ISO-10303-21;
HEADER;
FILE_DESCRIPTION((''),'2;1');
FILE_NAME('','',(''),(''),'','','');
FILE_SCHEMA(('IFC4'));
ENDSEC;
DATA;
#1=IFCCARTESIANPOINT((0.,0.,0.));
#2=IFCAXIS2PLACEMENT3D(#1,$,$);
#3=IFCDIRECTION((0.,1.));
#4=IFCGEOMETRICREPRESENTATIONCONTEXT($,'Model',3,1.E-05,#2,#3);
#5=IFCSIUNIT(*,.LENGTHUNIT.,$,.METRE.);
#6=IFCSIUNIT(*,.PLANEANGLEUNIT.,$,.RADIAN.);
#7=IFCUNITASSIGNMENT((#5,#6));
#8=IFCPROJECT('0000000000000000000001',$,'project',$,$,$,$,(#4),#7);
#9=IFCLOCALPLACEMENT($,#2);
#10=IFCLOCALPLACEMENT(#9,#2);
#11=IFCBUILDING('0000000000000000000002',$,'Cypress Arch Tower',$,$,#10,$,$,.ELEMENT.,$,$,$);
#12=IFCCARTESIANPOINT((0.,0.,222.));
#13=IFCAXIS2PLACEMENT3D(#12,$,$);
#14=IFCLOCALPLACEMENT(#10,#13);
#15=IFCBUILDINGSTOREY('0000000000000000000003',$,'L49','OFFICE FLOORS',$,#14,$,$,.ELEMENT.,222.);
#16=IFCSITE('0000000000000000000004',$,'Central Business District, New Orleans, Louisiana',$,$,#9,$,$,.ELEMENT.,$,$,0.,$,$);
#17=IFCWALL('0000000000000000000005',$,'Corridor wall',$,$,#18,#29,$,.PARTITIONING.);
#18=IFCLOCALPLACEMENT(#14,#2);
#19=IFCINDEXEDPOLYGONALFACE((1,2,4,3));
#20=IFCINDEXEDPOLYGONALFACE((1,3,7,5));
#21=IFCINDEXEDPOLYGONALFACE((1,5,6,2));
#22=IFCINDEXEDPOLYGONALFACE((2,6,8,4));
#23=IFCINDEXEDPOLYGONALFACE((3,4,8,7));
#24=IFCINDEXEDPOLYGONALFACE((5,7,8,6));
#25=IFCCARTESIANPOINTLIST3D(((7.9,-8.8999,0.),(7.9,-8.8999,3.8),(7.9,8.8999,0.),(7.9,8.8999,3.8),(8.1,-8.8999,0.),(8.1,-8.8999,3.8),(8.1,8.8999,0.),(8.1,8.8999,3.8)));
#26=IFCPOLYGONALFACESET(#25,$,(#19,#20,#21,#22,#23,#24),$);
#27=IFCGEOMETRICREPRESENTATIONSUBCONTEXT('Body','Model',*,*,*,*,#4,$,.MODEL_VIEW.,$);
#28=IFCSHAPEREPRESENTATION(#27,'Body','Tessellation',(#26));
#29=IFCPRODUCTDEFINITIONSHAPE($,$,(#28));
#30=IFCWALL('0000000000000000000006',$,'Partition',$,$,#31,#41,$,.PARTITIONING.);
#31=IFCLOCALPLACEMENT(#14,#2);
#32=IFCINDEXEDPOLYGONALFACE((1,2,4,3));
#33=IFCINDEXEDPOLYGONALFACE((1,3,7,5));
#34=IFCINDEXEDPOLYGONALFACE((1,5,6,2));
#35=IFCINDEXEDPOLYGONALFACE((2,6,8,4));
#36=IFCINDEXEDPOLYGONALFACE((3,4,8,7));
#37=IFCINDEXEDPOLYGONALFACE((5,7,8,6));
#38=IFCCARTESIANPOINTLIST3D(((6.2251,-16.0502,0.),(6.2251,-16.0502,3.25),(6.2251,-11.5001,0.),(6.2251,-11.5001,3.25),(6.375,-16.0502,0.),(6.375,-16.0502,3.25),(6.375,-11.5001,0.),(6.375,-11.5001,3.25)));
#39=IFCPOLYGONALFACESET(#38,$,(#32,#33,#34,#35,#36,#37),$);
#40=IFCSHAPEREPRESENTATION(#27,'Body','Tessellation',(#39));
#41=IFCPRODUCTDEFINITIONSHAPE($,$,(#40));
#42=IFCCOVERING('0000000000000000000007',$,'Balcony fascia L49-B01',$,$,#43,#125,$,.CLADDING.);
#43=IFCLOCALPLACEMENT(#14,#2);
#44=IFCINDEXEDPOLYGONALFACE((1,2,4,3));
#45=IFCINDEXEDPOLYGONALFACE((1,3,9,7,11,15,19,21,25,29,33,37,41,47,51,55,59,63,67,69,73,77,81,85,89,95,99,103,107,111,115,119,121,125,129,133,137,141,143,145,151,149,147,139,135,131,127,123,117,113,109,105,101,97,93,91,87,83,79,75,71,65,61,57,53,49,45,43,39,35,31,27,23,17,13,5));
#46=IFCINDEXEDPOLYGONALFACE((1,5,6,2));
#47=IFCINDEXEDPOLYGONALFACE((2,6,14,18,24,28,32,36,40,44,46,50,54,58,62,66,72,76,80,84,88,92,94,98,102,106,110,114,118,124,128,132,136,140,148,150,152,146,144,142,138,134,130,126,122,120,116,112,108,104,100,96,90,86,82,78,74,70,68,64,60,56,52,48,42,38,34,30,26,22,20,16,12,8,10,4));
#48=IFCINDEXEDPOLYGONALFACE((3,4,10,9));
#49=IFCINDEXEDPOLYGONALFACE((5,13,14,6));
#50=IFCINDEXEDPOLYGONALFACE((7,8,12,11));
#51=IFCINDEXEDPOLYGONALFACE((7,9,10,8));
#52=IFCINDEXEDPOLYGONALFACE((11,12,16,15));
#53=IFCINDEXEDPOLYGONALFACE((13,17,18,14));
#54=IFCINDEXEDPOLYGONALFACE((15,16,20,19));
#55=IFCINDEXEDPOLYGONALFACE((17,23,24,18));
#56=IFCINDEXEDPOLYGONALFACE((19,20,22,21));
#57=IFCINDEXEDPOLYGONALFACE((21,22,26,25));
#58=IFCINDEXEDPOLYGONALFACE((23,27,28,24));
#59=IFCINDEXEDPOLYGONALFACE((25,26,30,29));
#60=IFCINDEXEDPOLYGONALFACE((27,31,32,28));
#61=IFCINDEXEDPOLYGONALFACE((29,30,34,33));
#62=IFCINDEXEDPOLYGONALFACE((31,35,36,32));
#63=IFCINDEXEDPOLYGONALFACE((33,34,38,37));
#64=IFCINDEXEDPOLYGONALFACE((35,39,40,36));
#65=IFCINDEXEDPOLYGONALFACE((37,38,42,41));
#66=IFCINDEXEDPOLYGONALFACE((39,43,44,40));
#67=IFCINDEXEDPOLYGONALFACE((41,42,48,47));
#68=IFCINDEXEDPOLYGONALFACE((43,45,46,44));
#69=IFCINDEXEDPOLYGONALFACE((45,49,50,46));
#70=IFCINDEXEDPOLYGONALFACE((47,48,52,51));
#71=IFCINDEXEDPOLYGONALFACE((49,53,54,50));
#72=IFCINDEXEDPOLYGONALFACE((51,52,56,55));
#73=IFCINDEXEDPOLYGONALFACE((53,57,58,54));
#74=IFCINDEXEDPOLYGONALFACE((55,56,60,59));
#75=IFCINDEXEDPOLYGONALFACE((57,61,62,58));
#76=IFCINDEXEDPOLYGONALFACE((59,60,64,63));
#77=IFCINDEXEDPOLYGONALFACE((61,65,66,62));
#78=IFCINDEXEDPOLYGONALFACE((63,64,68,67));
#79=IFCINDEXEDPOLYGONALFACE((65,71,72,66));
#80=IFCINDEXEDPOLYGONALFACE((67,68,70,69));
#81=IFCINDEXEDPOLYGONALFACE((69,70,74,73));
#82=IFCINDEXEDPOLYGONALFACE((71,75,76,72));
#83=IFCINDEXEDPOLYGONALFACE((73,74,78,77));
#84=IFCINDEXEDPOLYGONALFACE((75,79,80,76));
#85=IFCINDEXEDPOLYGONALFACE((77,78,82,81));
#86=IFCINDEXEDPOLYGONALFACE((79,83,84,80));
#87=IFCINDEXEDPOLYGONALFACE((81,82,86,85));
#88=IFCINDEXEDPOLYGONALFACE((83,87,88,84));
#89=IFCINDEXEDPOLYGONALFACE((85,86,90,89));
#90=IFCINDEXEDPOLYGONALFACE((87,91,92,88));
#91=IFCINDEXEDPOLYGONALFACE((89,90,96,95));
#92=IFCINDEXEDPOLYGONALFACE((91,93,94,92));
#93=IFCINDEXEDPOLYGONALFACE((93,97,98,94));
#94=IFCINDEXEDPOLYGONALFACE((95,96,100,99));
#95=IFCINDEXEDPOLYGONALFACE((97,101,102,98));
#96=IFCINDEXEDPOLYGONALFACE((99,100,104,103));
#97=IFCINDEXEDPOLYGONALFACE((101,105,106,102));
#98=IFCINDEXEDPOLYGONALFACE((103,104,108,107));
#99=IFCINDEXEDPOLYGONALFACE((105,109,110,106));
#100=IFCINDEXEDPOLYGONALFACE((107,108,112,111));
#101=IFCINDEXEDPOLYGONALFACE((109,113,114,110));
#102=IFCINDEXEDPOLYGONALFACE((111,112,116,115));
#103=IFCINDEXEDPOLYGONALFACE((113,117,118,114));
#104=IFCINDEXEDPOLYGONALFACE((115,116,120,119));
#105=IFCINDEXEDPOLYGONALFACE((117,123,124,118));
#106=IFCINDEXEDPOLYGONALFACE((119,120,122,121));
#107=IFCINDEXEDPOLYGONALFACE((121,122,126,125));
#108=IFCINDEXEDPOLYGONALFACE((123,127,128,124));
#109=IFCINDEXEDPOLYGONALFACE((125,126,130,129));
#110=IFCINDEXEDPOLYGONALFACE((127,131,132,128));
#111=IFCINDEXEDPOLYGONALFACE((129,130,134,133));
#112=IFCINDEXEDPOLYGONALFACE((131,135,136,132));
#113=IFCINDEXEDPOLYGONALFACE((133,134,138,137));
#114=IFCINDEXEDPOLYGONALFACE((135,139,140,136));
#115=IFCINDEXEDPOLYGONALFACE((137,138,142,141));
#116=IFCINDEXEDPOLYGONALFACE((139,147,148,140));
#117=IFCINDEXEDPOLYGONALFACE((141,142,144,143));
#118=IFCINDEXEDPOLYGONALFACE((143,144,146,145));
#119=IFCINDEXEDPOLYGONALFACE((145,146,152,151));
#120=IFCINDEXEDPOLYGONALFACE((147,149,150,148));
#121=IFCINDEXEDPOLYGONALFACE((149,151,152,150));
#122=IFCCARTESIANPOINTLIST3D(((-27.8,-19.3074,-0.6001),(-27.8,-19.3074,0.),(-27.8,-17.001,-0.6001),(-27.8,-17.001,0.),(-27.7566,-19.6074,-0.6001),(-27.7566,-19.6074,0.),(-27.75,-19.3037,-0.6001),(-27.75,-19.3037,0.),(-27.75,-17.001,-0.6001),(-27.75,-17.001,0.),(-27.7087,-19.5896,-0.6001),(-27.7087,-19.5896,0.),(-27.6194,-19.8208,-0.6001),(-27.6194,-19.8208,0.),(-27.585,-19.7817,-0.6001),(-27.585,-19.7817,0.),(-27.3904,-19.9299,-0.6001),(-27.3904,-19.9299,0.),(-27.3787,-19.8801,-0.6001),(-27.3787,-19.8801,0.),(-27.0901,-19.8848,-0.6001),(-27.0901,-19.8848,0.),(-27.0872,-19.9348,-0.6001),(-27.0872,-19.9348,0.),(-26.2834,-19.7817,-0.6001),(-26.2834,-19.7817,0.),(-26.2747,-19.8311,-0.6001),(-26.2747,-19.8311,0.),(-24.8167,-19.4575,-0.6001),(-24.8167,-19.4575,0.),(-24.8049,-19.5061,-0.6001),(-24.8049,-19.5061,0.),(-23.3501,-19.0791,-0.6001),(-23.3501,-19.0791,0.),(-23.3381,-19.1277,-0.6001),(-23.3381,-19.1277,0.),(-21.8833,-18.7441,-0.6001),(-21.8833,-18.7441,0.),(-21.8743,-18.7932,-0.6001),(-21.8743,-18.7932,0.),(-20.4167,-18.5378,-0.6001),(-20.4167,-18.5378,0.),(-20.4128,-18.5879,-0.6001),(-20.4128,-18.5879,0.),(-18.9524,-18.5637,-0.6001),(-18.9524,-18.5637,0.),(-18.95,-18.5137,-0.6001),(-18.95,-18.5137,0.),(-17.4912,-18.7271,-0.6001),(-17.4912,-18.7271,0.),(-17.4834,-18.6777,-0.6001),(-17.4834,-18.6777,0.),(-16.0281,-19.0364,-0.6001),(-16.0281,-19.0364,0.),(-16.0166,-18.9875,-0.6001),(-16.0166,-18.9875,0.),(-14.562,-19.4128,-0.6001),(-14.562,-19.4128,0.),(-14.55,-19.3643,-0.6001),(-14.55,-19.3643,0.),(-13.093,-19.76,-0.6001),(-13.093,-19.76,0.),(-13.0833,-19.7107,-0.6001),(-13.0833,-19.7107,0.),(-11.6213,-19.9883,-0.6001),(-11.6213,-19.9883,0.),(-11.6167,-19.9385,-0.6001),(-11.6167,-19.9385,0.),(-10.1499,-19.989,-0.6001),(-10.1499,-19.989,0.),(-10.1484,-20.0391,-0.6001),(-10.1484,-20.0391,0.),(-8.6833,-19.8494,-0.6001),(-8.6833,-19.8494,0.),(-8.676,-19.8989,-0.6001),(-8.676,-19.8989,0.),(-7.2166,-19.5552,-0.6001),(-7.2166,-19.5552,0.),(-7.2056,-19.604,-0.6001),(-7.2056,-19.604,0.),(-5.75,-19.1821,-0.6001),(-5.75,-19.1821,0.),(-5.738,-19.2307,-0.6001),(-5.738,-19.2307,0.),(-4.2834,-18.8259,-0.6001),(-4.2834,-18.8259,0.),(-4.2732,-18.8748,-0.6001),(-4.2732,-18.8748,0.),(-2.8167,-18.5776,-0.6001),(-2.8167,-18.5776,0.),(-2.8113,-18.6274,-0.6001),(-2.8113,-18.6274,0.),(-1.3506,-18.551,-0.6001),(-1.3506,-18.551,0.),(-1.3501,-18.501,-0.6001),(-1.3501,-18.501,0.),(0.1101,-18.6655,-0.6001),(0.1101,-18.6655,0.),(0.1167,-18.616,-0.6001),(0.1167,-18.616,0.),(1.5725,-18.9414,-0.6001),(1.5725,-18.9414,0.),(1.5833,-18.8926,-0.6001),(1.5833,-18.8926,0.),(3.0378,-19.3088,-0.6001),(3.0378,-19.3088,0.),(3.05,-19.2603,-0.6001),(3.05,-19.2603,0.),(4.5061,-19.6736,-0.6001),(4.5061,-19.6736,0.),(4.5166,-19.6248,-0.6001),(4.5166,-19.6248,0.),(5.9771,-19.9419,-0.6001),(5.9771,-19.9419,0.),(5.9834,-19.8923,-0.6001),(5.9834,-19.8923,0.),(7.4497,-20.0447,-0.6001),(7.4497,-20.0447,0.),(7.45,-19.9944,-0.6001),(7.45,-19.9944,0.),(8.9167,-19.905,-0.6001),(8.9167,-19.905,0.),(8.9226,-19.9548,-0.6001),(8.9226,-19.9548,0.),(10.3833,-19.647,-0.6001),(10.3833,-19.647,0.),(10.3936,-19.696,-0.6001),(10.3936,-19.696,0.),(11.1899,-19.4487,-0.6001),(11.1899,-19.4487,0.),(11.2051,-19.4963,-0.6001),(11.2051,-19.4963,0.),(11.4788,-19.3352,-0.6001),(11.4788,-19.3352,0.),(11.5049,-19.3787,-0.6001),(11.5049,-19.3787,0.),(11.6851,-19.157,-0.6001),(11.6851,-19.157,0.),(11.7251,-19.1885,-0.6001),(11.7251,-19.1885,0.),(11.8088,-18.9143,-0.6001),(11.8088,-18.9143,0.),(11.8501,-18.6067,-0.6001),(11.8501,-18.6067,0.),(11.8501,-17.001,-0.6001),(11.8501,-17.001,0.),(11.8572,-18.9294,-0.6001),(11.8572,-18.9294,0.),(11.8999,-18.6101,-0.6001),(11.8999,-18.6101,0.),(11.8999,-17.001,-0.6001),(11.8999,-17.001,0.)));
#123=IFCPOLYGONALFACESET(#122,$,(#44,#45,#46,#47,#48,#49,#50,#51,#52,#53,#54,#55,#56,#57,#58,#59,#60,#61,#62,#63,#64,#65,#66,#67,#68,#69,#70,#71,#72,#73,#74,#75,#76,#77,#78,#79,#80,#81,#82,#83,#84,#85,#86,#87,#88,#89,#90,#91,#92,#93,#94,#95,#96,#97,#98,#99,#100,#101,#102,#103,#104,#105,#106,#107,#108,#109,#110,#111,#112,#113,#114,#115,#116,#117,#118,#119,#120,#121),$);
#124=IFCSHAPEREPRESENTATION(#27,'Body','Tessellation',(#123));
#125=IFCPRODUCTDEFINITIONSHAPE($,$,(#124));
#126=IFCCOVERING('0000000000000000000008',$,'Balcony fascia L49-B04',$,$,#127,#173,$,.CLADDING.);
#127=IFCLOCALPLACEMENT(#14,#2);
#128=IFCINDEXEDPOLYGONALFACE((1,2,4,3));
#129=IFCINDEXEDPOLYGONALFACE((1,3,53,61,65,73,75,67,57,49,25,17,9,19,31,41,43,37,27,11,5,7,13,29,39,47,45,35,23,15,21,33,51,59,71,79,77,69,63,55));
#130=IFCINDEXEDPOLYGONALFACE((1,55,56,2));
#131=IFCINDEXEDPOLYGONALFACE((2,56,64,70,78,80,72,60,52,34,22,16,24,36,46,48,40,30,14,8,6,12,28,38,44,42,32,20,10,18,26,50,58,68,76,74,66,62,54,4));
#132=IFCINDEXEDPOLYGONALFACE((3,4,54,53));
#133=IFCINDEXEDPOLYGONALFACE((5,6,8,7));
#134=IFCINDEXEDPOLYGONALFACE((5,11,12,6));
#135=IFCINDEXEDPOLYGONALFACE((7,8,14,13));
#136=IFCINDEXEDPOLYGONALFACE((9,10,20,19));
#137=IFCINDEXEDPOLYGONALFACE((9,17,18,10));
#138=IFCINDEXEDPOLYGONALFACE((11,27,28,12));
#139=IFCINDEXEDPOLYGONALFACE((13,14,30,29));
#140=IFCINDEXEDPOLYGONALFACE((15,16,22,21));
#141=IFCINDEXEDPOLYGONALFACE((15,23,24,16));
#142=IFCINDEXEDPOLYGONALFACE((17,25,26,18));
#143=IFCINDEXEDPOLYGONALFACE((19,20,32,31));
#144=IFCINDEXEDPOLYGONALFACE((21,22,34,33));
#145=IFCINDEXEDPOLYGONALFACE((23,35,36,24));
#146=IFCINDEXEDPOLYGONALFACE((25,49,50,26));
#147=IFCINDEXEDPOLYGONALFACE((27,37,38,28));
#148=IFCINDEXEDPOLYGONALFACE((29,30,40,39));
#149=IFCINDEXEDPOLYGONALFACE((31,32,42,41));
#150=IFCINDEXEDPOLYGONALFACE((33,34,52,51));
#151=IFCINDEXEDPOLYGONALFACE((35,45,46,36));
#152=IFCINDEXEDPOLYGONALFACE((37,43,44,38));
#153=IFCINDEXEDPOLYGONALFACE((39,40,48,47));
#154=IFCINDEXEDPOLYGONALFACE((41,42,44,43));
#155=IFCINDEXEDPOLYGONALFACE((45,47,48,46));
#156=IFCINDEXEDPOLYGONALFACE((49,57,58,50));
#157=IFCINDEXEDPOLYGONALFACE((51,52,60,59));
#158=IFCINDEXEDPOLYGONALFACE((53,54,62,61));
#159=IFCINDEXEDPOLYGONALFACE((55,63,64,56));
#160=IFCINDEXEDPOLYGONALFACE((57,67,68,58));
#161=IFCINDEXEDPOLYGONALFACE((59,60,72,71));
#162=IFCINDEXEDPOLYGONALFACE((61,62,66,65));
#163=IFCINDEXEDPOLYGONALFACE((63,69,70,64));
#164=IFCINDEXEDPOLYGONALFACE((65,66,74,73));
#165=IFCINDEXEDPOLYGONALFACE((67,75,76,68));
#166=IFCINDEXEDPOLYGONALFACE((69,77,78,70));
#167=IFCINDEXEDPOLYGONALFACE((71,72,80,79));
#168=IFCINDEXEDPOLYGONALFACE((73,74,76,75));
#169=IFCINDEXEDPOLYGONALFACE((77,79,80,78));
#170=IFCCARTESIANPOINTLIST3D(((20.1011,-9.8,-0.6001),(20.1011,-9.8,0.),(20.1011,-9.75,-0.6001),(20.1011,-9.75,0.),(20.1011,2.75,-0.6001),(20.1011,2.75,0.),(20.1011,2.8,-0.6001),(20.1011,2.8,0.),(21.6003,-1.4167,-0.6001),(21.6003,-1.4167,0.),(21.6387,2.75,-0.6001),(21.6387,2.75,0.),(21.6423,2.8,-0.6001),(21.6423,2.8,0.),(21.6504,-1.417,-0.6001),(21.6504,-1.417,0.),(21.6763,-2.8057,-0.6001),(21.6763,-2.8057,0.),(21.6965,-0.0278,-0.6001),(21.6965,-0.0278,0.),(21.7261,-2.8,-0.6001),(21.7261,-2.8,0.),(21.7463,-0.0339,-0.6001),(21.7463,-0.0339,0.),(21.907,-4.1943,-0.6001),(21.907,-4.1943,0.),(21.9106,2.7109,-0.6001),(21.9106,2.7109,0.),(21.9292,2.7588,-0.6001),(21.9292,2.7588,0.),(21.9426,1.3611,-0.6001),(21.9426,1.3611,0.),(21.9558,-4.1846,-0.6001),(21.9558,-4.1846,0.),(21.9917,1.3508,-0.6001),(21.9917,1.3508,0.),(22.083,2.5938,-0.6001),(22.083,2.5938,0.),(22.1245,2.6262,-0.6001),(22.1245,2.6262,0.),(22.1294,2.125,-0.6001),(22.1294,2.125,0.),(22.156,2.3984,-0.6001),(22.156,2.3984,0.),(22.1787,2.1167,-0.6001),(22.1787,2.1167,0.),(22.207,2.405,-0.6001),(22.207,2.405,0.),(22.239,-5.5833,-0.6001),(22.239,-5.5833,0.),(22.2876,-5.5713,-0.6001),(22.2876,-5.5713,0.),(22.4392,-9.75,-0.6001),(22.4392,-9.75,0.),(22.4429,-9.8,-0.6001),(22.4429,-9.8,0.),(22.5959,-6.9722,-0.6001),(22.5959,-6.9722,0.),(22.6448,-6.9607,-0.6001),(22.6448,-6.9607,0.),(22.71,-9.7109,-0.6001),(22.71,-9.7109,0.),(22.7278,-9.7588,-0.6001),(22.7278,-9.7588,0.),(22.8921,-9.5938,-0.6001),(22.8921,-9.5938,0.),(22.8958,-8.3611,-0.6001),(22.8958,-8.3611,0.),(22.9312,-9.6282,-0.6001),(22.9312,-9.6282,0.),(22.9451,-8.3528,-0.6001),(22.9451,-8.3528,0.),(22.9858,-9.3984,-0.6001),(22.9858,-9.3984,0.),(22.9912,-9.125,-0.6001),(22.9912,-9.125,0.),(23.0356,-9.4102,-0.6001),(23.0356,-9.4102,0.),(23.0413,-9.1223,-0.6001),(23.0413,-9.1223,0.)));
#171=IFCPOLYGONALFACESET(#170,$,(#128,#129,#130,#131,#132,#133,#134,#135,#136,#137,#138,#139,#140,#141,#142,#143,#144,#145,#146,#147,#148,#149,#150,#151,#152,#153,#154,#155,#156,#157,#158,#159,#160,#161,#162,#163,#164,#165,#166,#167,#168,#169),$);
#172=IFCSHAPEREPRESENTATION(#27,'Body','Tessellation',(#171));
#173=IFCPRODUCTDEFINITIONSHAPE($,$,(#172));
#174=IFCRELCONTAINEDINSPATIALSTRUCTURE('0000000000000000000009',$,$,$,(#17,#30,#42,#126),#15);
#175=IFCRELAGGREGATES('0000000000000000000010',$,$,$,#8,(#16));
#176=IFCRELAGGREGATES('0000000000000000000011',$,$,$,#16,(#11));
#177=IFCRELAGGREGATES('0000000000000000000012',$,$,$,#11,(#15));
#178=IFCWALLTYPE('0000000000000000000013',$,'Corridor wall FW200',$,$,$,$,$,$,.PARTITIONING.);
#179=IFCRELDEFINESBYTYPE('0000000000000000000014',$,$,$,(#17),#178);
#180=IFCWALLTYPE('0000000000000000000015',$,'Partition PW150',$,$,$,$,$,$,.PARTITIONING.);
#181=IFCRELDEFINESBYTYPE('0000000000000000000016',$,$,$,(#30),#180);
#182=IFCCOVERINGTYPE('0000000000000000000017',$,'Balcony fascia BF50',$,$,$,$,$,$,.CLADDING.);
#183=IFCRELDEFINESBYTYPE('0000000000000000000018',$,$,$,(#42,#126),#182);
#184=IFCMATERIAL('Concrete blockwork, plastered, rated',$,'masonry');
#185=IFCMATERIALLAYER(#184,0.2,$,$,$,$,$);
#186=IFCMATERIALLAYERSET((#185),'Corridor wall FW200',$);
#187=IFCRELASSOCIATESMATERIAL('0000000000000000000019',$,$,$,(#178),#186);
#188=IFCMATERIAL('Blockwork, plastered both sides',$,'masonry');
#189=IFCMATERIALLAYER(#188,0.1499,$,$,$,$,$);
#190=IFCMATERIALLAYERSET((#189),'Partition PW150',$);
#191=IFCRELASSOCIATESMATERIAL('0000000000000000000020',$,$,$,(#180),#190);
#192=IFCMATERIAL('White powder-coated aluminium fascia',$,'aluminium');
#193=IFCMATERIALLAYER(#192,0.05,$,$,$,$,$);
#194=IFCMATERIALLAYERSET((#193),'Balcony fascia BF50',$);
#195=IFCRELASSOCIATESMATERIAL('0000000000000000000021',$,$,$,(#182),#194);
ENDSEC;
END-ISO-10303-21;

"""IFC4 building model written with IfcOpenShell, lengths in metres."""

from ifc_helpers import new_model, si_unit, direction, frame, frame_2d, origin, place, context, subcontext, project, spatial, polyline, rectangle, outline, extrude, material, layer, layer_set, type_object, element, save


model = new_model("IFC4")

# Units and contexts
model_context = context("Model", 3, precision=1e-05, world=origin(), true_north=direction((0.0, 1.0)))
body_context = subcontext(model_context, "Body", "Model", "MODEL_VIEW")
ifc_project = project(units=[si_unit("LENGTHUNIT", "METRE"), si_unit("PLANEANGLEUNIT", "RADIAN")], contexts=[model_context])

# Site, building, storey
site_placement = place(None, origin())
site = spatial("IfcSite", under=ifc_project, at=site_placement, Name="Central Business District, New Orleans, Louisiana", CompositionType="ELEMENT", RefElevation=0.0)
building_placement = place(site_placement, origin())
building = spatial("IfcBuilding", under=site, at=building_placement, Name="Cypress Arch Tower", CompositionType="ELEMENT")
storey_placement = place(building_placement, frame((0.0, 0.0, 222.0)))
storey = spatial("IfcBuildingStorey", under=building, at=storey_placement, Name="L49", Description="OFFICE FLOORS", CompositionType="ELEMENT", Elevation=222.0)

# Walls
ifc_material_1 = material(Name="Concrete blockwork, plastered, rated", Category="masonry")
ifc_layer_1 = layer(ifc_material_1, 0.2)
ifc_layer_set_1 = layer_set([ifc_layer_1], Name="Corridor wall FW200")
wall_type_1 = type_object("IfcWallType", Name="Corridor wall FW200", PredefinedType="PARTITIONING", material=ifc_layer_set_1)
wall_1_placement = place(storey_placement, frame((8.0, -8.8999, 0.0), z_axis=(0.0, 0.0, 1.0), x_axis=(0.0, 1.0, 0.0)))
element("IfcWall", 1, at=wall_1_placement, inside=storey, type_object=wall_type_1, Name="Corridor wall", PredefinedType="PARTITIONING", context=body_context, shape_type="SweptSolid", body=[
    extrude(rectangle(XDim=17.7998, YDim=0.2, at=frame_2d((8.8999, 0.0))), origin(), (0.0, 0.0, 1.0), 3.8),
])
ifc_material_2 = material(Name="Blockwork, plastered both sides", Category="masonry")
ifc_layer_2 = layer(ifc_material_2, 0.1499)
ifc_layer_set_2 = layer_set([ifc_layer_2], Name="Partition PW150")
wall_type_2 = type_object("IfcWallType", Name="Partition PW150", PredefinedType="PARTITIONING", material=ifc_layer_set_2)
wall_2_placement = place(storey_placement, frame((6.3, -16.05, 0.0), z_axis=(0.0, 0.0, 1.0), x_axis=(0.0, 1.0, 0.0)))
element("IfcWall", 2, at=wall_2_placement, inside=storey, type_object=wall_type_2, Name="Partition", PredefinedType="PARTITIONING", context=body_context, shape_type="SweptSolid", body=[
    extrude(rectangle(XDim=4.55, YDim=0.1499, at=frame_2d((2.2749, 0.0))), origin(), (0.0, 0.0, 1.0), 3.25),
])

# Coverings
ifc_material_3 = material(Name="White powder-coated aluminium fascia", Category="aluminium")
ifc_layer_3 = layer(ifc_material_3, 0.05)
ifc_layer_set_3 = layer_set([ifc_layer_3], Name="Balcony fascia BF50")
covering_type_1 = type_object("IfcCoveringType", Name="Balcony fascia BF50", PredefinedType="CLADDING", material=ifc_layer_set_3)
covering_1_placement = place(storey_placement, frame((0.0, 0.0, -0.6001)))
element("IfcCovering", 3, at=covering_1_placement, inside=storey, type_object=covering_type_1, Name="Balcony fascia L49-B01", PredefinedType="CLADDING", context=body_context, shape_type="SweptSolid", body=[
    extrude(outline(polyline([(11.8999, -18.6101), (11.8572, -18.9294), (11.7251, -19.1885), (11.5049, -19.3787), (11.2051, -19.4963), (10.3936, -19.696), (8.9226, -19.9548), (7.4497, -20.0447), (5.9771, -19.9419), (4.5061, -19.6736), (3.0378, -19.3088), (1.5725, -18.9414), (0.1101, -18.6655), (-1.3506, -18.551), (-2.8113, -18.6274), (-4.2732, -18.8748), (-5.738, -19.2307), (-7.2056, -19.604), (-8.676, -19.8989), (-10.1484, -20.0391), (-11.6213, -19.9883), (-13.093, -19.76), (-14.562, -19.4128), (-16.0281, -19.0364), (-17.4912, -18.7271), (-18.9524, -18.5637), (-20.4128, -18.5879), (-21.8743, -18.7932), (-23.3381, -19.1277), (-24.8049, -19.5061), (-26.2747, -19.8311), (-27.0872, -19.9348), (-27.3904, -19.9299), (-27.6194, -19.8208), (-27.7566, -19.6074), (-27.8, -19.3074), (-27.8, -17.001), (-27.75, -17.001), (-27.75, -19.3037), (-27.7087, -19.5896), (-27.585, -19.7817), (-27.3787, -19.8801), (-27.0901, -19.8848), (-26.2834, -19.7817), (-24.8167, -19.4575), (-23.3501, -19.0791), (-21.8833, -18.7441), (-20.4167, -18.5378), (-18.95, -18.5137), (-17.4834, -18.6777), (-16.0166, -18.9875), (-14.55, -19.3643), (-13.0833, -19.7107), (-11.6167, -19.9385), (-10.1499, -19.989), (-8.6833, -19.8494), (-7.2166, -19.5552), (-5.75, -19.1821), (-4.2834, -18.8259), (-2.8167, -18.5776), (-1.3501, -18.501), (0.1167, -18.616), (1.5833, -18.8926), (3.05, -19.2603), (4.5166, -19.6248), (5.9834, -19.8923), (7.45, -19.9944), (8.9167, -19.905), (10.3833, -19.647), (11.1899, -19.4487), (11.4788, -19.3352), (11.6851, -19.157), (11.8088, -18.9143), (11.8501, -18.6067), (11.8501, -17.001), (11.8999, -17.001), (11.8999, -18.6101)])), origin(), (0.0, 0.0, 1.0), 0.6001),
])
covering_2_placement = place(storey_placement, frame((0.0, 0.0, -0.6001)))
element("IfcCovering", 4, at=covering_2_placement, inside=storey, type_object=covering_type_1, Name="Balcony fascia L49-B04", PredefinedType="CLADDING", context=body_context, shape_type="SweptSolid", body=[
    extrude(outline(polyline([(21.6423, 2.8), (21.9292, 2.7588), (22.1245, 2.6262), (22.207, 2.405), (22.1787, 2.1167), (21.9917, 1.3508), (21.7463, -0.0339), (21.6504, -1.417), (21.7261, -2.8), (21.9558, -4.1846), (22.2876, -5.5713), (22.6448, -6.9607), (22.9451, -8.3528), (23.0413, -9.1223), (23.0356, -9.4102), (22.9312, -9.6282), (22.7278, -9.7588), (22.4429, -9.8), (20.1011, -9.8), (20.1011, -9.75), (22.4392, -9.75), (22.71, -9.7109), (22.8921, -9.5938), (22.9858, -9.3984), (22.9912, -9.125), (22.8958, -8.3611), (22.5959, -6.9722), (22.239, -5.5833), (21.907, -4.1943), (21.6763, -2.8057), (21.6003, -1.4167), (21.6965, -0.0278), (21.9426, 1.3611), (22.1294, 2.125), (22.156, 2.3984), (22.083, 2.5938), (21.9106, 2.7109), (21.6387, 2.75), (20.1011, 2.75), (20.1011, 2.8), (21.6423, 2.8)])), origin(), (0.0, 0.0, 1.0), 0.6001),
])

save(model, "model.ifc")
